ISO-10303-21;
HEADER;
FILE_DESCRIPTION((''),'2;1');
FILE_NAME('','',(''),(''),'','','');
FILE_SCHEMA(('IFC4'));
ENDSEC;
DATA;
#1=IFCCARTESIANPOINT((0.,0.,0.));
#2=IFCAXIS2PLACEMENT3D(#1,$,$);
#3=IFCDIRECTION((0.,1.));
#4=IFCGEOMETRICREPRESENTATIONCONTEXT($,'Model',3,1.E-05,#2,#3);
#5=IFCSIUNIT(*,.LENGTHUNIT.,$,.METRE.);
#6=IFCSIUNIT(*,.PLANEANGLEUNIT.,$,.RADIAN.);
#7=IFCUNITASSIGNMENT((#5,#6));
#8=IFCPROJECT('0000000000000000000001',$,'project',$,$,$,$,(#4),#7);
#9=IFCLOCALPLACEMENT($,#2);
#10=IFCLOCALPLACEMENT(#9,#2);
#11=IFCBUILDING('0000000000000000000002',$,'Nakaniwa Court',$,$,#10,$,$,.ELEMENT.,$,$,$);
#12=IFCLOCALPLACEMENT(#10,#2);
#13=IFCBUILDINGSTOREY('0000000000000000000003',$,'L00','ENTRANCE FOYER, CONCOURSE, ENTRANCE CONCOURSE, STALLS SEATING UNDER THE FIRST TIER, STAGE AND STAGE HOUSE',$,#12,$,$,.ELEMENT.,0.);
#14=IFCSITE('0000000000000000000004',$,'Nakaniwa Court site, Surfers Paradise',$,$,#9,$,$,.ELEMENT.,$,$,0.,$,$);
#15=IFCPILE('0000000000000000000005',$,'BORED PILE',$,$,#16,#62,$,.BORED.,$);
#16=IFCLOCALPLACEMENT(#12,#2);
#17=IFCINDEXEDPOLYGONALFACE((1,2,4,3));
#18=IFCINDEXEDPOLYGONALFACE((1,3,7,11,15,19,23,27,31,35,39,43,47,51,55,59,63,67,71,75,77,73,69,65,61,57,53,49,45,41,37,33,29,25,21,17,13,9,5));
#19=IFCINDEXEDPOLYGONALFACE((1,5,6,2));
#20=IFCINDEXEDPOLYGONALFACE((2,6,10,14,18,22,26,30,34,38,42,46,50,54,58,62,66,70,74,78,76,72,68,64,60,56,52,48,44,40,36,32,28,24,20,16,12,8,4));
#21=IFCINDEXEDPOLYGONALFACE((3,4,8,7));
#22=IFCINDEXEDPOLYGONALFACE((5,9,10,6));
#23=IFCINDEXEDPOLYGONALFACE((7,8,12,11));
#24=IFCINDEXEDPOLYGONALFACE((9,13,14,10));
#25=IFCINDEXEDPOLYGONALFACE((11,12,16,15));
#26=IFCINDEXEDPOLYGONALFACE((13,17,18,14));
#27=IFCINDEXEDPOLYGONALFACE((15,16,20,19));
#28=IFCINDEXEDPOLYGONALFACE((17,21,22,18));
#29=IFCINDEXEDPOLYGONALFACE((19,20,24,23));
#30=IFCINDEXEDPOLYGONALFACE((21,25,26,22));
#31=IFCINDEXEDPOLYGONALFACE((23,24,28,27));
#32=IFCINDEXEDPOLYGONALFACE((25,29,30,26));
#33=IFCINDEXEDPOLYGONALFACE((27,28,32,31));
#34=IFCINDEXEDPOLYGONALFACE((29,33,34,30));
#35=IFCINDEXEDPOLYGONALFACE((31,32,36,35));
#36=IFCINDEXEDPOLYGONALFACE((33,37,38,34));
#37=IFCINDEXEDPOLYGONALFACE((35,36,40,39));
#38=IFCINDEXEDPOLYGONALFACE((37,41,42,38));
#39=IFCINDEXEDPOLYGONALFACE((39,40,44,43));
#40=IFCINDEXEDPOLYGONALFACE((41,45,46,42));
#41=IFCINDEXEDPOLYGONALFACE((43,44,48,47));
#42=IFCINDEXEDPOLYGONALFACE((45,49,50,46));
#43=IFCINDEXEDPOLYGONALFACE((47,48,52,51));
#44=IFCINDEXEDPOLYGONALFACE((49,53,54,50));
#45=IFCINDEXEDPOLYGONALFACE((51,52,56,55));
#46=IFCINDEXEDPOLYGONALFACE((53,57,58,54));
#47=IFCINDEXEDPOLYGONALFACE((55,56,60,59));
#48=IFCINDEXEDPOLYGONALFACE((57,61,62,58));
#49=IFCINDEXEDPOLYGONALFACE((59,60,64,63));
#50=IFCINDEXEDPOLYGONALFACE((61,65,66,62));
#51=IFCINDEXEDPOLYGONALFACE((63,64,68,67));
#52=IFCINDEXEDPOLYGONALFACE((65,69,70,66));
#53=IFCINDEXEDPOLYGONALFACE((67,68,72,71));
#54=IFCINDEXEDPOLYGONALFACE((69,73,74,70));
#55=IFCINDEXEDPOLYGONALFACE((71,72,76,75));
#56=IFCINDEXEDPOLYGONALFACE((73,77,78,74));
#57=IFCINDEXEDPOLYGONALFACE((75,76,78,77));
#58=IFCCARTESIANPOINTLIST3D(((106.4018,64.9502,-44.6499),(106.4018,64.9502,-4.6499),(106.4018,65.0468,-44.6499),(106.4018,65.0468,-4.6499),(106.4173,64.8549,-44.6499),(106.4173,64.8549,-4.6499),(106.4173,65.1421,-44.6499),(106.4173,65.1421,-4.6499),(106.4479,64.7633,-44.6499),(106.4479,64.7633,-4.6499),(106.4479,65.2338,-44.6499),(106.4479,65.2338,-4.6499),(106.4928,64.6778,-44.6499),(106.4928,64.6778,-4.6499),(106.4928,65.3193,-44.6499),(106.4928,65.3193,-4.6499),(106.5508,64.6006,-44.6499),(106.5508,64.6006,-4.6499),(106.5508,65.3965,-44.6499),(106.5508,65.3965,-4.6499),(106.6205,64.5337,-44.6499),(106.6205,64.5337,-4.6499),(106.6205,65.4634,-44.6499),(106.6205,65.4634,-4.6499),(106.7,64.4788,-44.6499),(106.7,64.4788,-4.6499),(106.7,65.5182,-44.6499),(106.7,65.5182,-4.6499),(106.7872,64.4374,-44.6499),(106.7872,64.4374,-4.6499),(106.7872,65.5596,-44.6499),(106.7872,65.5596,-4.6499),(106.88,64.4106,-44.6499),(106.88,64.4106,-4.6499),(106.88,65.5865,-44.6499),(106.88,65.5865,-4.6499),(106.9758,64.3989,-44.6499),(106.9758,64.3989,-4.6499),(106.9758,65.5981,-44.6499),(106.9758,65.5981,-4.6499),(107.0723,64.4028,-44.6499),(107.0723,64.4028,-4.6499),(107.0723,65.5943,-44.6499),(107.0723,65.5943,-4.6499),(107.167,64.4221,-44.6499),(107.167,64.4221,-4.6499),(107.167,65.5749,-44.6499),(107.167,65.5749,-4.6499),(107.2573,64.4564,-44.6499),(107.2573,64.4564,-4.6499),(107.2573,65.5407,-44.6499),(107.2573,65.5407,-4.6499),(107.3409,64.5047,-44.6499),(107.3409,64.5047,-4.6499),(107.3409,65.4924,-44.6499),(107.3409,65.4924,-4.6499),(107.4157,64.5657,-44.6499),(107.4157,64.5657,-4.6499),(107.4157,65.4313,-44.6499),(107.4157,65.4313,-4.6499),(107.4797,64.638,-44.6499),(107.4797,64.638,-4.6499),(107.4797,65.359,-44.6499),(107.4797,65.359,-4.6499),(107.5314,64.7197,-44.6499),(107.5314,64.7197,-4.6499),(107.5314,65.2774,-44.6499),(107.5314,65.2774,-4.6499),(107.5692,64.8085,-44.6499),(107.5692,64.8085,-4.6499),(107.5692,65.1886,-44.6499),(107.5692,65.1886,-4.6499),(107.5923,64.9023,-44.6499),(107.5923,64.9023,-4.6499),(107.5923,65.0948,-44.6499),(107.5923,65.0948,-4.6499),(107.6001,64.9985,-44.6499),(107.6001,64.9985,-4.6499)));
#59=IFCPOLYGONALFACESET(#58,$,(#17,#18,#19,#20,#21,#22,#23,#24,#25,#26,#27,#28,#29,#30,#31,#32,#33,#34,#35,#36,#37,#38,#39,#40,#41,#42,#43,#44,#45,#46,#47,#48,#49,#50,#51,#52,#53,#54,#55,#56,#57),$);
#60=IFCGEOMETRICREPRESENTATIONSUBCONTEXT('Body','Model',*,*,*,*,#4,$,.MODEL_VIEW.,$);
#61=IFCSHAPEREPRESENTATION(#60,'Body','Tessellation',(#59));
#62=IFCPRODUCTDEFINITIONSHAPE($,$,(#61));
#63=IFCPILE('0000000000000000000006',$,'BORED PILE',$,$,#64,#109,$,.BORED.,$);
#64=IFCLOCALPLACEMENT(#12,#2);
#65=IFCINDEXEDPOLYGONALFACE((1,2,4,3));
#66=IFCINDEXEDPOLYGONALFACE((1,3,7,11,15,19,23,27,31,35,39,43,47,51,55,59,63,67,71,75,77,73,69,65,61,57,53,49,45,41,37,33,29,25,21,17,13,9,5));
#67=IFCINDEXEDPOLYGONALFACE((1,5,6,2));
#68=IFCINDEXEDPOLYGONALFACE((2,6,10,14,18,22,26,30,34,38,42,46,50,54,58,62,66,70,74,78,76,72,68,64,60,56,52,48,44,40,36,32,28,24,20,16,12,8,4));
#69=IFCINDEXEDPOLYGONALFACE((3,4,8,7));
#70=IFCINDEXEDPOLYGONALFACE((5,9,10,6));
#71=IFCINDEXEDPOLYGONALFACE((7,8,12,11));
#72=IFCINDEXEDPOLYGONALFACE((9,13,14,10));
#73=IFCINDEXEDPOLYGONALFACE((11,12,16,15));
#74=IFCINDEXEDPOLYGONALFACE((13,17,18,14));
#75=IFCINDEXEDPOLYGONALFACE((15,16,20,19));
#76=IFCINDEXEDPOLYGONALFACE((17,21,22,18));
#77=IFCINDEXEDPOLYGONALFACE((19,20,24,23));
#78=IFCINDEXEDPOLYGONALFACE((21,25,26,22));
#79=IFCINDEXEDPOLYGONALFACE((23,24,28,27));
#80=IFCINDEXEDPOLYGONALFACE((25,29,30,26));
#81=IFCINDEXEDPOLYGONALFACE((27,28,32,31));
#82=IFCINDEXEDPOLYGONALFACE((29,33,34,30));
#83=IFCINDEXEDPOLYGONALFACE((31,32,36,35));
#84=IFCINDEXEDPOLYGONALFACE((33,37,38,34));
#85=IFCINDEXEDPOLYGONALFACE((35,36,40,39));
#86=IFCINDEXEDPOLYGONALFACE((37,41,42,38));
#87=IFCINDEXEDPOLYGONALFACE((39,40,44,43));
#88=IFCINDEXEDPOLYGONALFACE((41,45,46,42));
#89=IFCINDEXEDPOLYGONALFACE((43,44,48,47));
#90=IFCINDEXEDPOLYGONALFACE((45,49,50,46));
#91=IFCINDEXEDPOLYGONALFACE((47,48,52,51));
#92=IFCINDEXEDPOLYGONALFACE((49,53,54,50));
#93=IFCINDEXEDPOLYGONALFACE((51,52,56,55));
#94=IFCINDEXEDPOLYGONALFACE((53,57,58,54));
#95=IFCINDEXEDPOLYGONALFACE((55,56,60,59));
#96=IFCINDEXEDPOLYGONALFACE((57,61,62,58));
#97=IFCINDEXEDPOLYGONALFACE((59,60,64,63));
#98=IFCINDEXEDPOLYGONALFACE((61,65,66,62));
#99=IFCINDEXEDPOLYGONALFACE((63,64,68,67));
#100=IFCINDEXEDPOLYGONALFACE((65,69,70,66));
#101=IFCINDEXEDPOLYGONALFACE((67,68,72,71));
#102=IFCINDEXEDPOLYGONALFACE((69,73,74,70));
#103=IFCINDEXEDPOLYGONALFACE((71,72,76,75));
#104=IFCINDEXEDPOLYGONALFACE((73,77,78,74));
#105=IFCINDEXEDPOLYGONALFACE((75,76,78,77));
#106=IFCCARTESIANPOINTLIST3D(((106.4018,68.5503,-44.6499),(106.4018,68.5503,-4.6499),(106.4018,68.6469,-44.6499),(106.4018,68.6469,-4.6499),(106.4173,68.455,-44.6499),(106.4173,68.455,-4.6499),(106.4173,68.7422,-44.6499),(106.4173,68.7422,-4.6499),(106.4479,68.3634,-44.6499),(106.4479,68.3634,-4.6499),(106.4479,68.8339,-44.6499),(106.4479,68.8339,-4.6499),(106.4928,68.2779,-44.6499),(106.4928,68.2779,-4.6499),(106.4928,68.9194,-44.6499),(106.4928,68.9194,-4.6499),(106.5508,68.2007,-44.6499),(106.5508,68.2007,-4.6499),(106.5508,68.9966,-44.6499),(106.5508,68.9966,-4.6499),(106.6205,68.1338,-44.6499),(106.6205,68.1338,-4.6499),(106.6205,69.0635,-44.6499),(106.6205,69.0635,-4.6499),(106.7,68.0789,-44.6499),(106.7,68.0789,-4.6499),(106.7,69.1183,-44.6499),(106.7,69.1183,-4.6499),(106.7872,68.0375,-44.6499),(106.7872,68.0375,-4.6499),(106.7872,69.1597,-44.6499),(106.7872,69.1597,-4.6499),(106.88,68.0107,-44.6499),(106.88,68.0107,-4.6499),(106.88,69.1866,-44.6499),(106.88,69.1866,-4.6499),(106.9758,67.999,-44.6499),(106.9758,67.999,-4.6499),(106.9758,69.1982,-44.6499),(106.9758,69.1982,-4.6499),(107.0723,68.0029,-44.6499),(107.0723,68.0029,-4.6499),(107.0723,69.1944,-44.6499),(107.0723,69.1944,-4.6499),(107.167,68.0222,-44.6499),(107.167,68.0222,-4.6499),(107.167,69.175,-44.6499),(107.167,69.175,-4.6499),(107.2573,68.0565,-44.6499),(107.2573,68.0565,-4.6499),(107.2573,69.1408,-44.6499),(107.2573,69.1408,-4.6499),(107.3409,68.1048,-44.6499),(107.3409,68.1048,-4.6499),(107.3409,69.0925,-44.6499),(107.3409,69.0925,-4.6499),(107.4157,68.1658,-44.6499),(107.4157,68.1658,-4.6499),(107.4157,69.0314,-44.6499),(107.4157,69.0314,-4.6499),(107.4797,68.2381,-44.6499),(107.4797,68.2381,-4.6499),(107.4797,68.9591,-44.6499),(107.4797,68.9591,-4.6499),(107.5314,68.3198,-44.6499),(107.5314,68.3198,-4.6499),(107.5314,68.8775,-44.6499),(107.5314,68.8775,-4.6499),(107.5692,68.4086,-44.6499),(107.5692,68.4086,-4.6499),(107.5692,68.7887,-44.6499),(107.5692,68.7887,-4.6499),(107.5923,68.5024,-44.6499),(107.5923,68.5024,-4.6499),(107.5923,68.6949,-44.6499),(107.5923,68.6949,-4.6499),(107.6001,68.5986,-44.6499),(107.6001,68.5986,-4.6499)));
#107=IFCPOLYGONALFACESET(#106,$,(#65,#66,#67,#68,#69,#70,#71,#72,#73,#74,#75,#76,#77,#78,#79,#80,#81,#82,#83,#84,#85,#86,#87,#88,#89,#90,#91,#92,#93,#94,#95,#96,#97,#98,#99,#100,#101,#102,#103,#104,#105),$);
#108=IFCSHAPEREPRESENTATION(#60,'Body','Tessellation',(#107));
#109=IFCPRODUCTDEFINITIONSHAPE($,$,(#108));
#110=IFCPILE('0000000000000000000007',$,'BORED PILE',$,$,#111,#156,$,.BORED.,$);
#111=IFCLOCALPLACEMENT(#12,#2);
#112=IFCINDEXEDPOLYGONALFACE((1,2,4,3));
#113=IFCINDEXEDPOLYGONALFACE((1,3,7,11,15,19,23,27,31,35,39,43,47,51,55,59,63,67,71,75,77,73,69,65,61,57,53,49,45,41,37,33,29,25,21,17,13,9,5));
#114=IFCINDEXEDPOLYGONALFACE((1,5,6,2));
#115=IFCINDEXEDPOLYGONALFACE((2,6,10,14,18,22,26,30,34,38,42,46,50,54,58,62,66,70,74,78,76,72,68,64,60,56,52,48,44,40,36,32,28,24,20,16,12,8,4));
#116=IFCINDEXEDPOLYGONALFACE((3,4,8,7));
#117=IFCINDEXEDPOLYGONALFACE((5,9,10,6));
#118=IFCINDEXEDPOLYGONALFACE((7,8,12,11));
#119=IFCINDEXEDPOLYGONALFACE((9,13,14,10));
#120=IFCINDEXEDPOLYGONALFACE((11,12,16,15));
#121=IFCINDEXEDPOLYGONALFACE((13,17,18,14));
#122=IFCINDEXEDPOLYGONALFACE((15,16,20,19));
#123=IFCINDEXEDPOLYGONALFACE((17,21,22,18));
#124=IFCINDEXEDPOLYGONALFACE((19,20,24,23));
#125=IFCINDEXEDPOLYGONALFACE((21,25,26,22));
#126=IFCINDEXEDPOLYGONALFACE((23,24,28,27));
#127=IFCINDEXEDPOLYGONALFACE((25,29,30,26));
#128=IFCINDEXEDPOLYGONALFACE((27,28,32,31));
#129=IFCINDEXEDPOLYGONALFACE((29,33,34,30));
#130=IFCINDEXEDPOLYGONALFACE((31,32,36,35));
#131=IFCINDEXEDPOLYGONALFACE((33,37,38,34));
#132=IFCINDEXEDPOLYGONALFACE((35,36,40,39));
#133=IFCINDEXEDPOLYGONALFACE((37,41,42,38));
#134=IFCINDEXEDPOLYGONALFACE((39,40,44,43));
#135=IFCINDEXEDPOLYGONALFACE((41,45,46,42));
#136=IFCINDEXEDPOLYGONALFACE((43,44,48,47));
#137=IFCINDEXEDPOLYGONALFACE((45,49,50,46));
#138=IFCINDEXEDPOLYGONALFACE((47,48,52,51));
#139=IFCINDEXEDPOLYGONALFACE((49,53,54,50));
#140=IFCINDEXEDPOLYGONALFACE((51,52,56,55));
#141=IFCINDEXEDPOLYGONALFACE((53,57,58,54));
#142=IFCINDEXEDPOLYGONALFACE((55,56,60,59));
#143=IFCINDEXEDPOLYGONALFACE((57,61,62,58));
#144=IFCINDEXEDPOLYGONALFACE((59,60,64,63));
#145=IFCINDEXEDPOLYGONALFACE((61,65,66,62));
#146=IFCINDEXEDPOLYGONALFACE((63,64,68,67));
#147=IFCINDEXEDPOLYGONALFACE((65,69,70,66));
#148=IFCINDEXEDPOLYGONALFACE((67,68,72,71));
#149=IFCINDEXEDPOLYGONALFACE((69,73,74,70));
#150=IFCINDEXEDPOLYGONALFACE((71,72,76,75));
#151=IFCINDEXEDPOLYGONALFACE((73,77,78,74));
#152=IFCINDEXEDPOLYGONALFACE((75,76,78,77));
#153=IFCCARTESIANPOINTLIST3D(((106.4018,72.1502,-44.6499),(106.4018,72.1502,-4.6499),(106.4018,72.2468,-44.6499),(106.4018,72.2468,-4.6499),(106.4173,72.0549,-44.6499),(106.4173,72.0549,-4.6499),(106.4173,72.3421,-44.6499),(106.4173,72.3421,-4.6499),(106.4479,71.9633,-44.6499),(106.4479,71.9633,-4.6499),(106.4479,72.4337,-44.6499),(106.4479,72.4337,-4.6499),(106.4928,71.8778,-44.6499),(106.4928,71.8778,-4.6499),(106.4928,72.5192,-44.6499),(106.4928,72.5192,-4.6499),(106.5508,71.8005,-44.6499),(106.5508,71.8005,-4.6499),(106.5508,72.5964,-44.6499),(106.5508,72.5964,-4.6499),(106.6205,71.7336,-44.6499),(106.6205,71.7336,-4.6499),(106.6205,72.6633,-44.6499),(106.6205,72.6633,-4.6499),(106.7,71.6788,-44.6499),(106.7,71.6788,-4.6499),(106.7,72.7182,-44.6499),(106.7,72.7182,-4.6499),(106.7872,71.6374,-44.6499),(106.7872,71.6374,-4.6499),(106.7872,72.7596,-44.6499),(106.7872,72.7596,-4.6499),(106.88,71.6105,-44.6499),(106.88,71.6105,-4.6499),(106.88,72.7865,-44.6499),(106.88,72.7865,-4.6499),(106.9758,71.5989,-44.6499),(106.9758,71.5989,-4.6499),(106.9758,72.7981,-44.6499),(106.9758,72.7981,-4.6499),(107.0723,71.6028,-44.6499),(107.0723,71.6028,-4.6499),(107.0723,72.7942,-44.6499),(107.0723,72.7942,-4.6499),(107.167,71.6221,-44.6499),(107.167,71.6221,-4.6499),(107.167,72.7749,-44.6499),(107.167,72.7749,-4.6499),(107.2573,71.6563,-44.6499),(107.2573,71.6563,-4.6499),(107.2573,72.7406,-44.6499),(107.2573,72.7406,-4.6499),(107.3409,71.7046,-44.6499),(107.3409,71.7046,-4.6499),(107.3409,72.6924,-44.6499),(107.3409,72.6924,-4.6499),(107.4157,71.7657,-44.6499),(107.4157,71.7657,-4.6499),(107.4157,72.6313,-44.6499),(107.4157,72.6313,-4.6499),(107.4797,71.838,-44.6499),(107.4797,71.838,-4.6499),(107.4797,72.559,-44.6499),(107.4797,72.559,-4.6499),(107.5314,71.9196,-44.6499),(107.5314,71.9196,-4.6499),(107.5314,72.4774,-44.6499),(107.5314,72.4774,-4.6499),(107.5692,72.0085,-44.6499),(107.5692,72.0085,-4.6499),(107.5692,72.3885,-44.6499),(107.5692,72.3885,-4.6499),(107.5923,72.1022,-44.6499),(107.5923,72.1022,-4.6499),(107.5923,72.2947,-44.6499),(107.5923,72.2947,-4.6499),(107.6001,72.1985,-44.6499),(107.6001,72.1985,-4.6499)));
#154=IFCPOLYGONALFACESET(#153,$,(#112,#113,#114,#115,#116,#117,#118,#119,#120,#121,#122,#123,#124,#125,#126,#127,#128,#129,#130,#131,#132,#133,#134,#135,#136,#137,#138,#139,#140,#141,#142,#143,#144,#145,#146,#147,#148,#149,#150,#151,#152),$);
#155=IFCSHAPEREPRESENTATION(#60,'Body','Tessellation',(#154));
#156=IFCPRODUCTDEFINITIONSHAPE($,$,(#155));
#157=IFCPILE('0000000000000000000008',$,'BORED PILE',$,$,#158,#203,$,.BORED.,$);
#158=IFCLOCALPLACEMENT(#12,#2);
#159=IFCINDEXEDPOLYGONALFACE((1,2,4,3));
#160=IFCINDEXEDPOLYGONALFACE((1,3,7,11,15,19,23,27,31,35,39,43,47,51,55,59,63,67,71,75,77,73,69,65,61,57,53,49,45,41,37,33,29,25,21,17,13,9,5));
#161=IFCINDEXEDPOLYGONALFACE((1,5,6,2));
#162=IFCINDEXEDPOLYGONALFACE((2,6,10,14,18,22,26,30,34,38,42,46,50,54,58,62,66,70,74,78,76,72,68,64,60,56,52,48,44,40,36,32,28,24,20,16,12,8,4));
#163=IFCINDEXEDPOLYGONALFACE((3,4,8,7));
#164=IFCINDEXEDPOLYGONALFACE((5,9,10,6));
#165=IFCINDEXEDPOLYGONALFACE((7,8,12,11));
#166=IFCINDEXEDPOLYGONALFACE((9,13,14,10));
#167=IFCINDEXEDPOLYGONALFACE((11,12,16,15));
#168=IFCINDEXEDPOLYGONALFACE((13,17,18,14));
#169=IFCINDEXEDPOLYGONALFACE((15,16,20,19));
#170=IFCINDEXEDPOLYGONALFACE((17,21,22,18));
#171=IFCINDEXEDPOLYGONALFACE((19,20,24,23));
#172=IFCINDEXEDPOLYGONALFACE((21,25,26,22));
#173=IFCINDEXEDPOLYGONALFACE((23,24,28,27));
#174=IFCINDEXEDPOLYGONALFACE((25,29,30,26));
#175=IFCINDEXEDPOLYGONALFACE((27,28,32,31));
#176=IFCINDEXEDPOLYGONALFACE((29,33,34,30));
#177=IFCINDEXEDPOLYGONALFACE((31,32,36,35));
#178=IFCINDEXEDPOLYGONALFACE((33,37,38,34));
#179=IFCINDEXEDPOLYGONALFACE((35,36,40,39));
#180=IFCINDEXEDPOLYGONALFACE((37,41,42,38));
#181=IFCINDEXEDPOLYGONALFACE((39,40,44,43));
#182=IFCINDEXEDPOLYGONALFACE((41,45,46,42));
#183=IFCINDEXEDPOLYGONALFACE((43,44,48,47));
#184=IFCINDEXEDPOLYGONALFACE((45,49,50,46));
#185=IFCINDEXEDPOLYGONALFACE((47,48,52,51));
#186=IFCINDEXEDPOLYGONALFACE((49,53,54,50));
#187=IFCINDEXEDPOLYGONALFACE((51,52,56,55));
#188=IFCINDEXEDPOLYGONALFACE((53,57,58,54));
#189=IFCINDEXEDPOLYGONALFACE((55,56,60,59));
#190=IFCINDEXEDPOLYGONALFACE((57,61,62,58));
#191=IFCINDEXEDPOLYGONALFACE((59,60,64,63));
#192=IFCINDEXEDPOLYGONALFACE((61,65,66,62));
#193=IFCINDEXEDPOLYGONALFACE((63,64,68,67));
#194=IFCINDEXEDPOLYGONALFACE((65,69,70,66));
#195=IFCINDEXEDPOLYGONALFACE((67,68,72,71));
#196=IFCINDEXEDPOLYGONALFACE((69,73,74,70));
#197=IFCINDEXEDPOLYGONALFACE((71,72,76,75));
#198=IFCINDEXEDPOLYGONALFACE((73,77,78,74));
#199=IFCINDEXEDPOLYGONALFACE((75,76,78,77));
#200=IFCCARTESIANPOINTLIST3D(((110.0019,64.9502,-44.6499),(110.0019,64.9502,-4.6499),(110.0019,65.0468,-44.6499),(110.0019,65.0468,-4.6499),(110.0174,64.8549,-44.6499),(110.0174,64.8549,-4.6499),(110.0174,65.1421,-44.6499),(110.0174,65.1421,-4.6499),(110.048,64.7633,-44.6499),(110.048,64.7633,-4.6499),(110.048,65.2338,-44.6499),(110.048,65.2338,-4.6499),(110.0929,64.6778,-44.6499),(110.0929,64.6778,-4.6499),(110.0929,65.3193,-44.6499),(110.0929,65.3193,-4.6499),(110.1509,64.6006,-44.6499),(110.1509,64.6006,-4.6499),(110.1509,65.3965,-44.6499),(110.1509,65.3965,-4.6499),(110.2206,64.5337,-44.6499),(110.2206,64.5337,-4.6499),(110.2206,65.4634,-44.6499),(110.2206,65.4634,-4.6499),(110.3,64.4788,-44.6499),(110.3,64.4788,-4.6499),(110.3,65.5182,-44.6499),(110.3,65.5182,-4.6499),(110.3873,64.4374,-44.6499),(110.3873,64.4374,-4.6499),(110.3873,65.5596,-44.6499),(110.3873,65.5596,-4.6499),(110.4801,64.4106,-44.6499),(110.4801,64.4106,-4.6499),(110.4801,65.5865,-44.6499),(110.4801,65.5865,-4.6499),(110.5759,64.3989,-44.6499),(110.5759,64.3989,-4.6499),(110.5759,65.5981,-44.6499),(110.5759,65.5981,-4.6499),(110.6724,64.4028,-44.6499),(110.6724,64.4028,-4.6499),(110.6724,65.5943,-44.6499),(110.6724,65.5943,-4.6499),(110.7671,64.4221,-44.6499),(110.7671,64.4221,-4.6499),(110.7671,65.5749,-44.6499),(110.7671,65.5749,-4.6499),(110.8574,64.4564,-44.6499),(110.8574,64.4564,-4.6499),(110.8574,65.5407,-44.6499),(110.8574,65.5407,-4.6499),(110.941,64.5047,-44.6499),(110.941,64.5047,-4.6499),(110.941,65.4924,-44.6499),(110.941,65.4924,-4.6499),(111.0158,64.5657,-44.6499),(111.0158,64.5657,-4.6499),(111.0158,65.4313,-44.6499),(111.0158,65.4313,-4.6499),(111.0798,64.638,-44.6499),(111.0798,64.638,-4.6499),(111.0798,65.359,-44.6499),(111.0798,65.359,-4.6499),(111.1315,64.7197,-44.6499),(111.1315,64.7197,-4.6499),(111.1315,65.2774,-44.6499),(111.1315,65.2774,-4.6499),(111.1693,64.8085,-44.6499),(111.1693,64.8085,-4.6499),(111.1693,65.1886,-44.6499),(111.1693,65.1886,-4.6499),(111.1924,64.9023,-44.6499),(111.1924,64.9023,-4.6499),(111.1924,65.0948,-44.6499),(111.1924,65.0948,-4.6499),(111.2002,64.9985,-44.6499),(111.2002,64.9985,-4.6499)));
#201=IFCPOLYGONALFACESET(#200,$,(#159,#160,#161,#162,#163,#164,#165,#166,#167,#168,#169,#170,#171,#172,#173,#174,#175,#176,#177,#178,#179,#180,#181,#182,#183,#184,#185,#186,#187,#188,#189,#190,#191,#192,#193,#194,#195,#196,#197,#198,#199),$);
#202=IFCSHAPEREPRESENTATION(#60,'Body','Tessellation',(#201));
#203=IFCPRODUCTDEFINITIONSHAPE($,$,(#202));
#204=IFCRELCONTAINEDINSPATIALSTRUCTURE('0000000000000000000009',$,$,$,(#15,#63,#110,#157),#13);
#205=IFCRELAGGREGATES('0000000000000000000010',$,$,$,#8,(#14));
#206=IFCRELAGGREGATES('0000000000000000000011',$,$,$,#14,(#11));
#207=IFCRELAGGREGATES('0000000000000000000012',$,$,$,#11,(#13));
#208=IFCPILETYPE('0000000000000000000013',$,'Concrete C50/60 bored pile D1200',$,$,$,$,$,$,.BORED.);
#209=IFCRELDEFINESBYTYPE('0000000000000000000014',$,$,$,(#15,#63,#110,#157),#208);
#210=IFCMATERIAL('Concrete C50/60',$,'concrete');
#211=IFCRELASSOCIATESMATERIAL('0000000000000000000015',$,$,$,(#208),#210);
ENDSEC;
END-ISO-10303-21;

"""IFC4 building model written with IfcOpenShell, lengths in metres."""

from ifc_helpers import new_model, si_unit, direction, frame, origin, origin_2d, place, context, subcontext, project, spatial, circle, extrude, material, material_profile, profile_set, type_object, element, save


model = new_model("IFC4")

# Units and contexts
model_context = context("Model", 3, precision=1e-05, world=origin(), true_north=direction((0.0, 1.0)))
body_context = subcontext(model_context, "Body", "Model", "MODEL_VIEW")
ifc_project = project(units=[si_unit("LENGTHUNIT", "METRE"), si_unit("PLANEANGLEUNIT", "RADIAN")], contexts=[model_context])

# Site, building, storey
site_placement = place(None, origin())
site = spatial("IfcSite", under=ifc_project, at=site_placement, Name="Nakaniwa Court site, Surfers Paradise", CompositionType="ELEMENT", RefElevation=0.0)
building_placement = place(site_placement, origin())
building = spatial("IfcBuilding", under=site, at=building_placement, Name="Nakaniwa Court", CompositionType="ELEMENT")
storey_placement = place(building_placement, origin())
storey = spatial("IfcBuildingStorey", under=building, at=storey_placement, Name="L00", Description="ENTRANCE FOYER, CONCOURSE, ENTRANCE CONCOURSE, STALLS SEATING UNDER THE FIRST TIER, STAGE AND STAGE HOUSE", CompositionType="ELEMENT", Elevation=0.0)

# Piles
ifc_material_1 = material(Name="Concrete C50/60", Category="concrete")
ifc_material_profile_1 = material_profile(ifc_material_1, circle(Radius=0.6001, at=origin_2d()), Name="Concrete C50/60 bored pile D1200")
ifc_profile_set_1 = profile_set([ifc_material_profile_1], Name="Concrete C50/60")
pile_type = type_object("IfcPileType", Name="Concrete C50/60 bored pile D1200", PredefinedType="BORED", material=ifc_profile_set_1)
for number, where, z_axis, x_axis, name in (
    (1, (107.0, 64.9985, -4.6499), (0.0, 0.0, -1.0), (1.0, 0.0, 0.0), "BORED PILE"),
    (2, (107.0, 68.5986, -4.6499), (0.0, 0.0, -1.0), (1.0, 0.0, 0.0), "BORED PILE"),
    (3, (107.0, 72.1985, -4.6499), (0.0, 0.0, -1.0), (1.0, 0.0, 0.0), "BORED PILE"),
    (4, (110.6001, 64.9985, -4.6499), (0.0, 0.0, -1.0), (1.0, 0.0, 0.0), "BORED PILE"),
):
    element("IfcPile", number, at=place(storey_placement, frame(where, z_axis=z_axis, x_axis=x_axis)), inside=storey, type_object=pile_type, Name=name, PredefinedType="BORED", context=body_context, shape_type="SweptSolid", body=[
        extrude(circle(Radius=0.6001, at=origin_2d()), origin(), (0.0, 0.0, 1.0), 40.0),
    ])

save(model, "model.ifc")
